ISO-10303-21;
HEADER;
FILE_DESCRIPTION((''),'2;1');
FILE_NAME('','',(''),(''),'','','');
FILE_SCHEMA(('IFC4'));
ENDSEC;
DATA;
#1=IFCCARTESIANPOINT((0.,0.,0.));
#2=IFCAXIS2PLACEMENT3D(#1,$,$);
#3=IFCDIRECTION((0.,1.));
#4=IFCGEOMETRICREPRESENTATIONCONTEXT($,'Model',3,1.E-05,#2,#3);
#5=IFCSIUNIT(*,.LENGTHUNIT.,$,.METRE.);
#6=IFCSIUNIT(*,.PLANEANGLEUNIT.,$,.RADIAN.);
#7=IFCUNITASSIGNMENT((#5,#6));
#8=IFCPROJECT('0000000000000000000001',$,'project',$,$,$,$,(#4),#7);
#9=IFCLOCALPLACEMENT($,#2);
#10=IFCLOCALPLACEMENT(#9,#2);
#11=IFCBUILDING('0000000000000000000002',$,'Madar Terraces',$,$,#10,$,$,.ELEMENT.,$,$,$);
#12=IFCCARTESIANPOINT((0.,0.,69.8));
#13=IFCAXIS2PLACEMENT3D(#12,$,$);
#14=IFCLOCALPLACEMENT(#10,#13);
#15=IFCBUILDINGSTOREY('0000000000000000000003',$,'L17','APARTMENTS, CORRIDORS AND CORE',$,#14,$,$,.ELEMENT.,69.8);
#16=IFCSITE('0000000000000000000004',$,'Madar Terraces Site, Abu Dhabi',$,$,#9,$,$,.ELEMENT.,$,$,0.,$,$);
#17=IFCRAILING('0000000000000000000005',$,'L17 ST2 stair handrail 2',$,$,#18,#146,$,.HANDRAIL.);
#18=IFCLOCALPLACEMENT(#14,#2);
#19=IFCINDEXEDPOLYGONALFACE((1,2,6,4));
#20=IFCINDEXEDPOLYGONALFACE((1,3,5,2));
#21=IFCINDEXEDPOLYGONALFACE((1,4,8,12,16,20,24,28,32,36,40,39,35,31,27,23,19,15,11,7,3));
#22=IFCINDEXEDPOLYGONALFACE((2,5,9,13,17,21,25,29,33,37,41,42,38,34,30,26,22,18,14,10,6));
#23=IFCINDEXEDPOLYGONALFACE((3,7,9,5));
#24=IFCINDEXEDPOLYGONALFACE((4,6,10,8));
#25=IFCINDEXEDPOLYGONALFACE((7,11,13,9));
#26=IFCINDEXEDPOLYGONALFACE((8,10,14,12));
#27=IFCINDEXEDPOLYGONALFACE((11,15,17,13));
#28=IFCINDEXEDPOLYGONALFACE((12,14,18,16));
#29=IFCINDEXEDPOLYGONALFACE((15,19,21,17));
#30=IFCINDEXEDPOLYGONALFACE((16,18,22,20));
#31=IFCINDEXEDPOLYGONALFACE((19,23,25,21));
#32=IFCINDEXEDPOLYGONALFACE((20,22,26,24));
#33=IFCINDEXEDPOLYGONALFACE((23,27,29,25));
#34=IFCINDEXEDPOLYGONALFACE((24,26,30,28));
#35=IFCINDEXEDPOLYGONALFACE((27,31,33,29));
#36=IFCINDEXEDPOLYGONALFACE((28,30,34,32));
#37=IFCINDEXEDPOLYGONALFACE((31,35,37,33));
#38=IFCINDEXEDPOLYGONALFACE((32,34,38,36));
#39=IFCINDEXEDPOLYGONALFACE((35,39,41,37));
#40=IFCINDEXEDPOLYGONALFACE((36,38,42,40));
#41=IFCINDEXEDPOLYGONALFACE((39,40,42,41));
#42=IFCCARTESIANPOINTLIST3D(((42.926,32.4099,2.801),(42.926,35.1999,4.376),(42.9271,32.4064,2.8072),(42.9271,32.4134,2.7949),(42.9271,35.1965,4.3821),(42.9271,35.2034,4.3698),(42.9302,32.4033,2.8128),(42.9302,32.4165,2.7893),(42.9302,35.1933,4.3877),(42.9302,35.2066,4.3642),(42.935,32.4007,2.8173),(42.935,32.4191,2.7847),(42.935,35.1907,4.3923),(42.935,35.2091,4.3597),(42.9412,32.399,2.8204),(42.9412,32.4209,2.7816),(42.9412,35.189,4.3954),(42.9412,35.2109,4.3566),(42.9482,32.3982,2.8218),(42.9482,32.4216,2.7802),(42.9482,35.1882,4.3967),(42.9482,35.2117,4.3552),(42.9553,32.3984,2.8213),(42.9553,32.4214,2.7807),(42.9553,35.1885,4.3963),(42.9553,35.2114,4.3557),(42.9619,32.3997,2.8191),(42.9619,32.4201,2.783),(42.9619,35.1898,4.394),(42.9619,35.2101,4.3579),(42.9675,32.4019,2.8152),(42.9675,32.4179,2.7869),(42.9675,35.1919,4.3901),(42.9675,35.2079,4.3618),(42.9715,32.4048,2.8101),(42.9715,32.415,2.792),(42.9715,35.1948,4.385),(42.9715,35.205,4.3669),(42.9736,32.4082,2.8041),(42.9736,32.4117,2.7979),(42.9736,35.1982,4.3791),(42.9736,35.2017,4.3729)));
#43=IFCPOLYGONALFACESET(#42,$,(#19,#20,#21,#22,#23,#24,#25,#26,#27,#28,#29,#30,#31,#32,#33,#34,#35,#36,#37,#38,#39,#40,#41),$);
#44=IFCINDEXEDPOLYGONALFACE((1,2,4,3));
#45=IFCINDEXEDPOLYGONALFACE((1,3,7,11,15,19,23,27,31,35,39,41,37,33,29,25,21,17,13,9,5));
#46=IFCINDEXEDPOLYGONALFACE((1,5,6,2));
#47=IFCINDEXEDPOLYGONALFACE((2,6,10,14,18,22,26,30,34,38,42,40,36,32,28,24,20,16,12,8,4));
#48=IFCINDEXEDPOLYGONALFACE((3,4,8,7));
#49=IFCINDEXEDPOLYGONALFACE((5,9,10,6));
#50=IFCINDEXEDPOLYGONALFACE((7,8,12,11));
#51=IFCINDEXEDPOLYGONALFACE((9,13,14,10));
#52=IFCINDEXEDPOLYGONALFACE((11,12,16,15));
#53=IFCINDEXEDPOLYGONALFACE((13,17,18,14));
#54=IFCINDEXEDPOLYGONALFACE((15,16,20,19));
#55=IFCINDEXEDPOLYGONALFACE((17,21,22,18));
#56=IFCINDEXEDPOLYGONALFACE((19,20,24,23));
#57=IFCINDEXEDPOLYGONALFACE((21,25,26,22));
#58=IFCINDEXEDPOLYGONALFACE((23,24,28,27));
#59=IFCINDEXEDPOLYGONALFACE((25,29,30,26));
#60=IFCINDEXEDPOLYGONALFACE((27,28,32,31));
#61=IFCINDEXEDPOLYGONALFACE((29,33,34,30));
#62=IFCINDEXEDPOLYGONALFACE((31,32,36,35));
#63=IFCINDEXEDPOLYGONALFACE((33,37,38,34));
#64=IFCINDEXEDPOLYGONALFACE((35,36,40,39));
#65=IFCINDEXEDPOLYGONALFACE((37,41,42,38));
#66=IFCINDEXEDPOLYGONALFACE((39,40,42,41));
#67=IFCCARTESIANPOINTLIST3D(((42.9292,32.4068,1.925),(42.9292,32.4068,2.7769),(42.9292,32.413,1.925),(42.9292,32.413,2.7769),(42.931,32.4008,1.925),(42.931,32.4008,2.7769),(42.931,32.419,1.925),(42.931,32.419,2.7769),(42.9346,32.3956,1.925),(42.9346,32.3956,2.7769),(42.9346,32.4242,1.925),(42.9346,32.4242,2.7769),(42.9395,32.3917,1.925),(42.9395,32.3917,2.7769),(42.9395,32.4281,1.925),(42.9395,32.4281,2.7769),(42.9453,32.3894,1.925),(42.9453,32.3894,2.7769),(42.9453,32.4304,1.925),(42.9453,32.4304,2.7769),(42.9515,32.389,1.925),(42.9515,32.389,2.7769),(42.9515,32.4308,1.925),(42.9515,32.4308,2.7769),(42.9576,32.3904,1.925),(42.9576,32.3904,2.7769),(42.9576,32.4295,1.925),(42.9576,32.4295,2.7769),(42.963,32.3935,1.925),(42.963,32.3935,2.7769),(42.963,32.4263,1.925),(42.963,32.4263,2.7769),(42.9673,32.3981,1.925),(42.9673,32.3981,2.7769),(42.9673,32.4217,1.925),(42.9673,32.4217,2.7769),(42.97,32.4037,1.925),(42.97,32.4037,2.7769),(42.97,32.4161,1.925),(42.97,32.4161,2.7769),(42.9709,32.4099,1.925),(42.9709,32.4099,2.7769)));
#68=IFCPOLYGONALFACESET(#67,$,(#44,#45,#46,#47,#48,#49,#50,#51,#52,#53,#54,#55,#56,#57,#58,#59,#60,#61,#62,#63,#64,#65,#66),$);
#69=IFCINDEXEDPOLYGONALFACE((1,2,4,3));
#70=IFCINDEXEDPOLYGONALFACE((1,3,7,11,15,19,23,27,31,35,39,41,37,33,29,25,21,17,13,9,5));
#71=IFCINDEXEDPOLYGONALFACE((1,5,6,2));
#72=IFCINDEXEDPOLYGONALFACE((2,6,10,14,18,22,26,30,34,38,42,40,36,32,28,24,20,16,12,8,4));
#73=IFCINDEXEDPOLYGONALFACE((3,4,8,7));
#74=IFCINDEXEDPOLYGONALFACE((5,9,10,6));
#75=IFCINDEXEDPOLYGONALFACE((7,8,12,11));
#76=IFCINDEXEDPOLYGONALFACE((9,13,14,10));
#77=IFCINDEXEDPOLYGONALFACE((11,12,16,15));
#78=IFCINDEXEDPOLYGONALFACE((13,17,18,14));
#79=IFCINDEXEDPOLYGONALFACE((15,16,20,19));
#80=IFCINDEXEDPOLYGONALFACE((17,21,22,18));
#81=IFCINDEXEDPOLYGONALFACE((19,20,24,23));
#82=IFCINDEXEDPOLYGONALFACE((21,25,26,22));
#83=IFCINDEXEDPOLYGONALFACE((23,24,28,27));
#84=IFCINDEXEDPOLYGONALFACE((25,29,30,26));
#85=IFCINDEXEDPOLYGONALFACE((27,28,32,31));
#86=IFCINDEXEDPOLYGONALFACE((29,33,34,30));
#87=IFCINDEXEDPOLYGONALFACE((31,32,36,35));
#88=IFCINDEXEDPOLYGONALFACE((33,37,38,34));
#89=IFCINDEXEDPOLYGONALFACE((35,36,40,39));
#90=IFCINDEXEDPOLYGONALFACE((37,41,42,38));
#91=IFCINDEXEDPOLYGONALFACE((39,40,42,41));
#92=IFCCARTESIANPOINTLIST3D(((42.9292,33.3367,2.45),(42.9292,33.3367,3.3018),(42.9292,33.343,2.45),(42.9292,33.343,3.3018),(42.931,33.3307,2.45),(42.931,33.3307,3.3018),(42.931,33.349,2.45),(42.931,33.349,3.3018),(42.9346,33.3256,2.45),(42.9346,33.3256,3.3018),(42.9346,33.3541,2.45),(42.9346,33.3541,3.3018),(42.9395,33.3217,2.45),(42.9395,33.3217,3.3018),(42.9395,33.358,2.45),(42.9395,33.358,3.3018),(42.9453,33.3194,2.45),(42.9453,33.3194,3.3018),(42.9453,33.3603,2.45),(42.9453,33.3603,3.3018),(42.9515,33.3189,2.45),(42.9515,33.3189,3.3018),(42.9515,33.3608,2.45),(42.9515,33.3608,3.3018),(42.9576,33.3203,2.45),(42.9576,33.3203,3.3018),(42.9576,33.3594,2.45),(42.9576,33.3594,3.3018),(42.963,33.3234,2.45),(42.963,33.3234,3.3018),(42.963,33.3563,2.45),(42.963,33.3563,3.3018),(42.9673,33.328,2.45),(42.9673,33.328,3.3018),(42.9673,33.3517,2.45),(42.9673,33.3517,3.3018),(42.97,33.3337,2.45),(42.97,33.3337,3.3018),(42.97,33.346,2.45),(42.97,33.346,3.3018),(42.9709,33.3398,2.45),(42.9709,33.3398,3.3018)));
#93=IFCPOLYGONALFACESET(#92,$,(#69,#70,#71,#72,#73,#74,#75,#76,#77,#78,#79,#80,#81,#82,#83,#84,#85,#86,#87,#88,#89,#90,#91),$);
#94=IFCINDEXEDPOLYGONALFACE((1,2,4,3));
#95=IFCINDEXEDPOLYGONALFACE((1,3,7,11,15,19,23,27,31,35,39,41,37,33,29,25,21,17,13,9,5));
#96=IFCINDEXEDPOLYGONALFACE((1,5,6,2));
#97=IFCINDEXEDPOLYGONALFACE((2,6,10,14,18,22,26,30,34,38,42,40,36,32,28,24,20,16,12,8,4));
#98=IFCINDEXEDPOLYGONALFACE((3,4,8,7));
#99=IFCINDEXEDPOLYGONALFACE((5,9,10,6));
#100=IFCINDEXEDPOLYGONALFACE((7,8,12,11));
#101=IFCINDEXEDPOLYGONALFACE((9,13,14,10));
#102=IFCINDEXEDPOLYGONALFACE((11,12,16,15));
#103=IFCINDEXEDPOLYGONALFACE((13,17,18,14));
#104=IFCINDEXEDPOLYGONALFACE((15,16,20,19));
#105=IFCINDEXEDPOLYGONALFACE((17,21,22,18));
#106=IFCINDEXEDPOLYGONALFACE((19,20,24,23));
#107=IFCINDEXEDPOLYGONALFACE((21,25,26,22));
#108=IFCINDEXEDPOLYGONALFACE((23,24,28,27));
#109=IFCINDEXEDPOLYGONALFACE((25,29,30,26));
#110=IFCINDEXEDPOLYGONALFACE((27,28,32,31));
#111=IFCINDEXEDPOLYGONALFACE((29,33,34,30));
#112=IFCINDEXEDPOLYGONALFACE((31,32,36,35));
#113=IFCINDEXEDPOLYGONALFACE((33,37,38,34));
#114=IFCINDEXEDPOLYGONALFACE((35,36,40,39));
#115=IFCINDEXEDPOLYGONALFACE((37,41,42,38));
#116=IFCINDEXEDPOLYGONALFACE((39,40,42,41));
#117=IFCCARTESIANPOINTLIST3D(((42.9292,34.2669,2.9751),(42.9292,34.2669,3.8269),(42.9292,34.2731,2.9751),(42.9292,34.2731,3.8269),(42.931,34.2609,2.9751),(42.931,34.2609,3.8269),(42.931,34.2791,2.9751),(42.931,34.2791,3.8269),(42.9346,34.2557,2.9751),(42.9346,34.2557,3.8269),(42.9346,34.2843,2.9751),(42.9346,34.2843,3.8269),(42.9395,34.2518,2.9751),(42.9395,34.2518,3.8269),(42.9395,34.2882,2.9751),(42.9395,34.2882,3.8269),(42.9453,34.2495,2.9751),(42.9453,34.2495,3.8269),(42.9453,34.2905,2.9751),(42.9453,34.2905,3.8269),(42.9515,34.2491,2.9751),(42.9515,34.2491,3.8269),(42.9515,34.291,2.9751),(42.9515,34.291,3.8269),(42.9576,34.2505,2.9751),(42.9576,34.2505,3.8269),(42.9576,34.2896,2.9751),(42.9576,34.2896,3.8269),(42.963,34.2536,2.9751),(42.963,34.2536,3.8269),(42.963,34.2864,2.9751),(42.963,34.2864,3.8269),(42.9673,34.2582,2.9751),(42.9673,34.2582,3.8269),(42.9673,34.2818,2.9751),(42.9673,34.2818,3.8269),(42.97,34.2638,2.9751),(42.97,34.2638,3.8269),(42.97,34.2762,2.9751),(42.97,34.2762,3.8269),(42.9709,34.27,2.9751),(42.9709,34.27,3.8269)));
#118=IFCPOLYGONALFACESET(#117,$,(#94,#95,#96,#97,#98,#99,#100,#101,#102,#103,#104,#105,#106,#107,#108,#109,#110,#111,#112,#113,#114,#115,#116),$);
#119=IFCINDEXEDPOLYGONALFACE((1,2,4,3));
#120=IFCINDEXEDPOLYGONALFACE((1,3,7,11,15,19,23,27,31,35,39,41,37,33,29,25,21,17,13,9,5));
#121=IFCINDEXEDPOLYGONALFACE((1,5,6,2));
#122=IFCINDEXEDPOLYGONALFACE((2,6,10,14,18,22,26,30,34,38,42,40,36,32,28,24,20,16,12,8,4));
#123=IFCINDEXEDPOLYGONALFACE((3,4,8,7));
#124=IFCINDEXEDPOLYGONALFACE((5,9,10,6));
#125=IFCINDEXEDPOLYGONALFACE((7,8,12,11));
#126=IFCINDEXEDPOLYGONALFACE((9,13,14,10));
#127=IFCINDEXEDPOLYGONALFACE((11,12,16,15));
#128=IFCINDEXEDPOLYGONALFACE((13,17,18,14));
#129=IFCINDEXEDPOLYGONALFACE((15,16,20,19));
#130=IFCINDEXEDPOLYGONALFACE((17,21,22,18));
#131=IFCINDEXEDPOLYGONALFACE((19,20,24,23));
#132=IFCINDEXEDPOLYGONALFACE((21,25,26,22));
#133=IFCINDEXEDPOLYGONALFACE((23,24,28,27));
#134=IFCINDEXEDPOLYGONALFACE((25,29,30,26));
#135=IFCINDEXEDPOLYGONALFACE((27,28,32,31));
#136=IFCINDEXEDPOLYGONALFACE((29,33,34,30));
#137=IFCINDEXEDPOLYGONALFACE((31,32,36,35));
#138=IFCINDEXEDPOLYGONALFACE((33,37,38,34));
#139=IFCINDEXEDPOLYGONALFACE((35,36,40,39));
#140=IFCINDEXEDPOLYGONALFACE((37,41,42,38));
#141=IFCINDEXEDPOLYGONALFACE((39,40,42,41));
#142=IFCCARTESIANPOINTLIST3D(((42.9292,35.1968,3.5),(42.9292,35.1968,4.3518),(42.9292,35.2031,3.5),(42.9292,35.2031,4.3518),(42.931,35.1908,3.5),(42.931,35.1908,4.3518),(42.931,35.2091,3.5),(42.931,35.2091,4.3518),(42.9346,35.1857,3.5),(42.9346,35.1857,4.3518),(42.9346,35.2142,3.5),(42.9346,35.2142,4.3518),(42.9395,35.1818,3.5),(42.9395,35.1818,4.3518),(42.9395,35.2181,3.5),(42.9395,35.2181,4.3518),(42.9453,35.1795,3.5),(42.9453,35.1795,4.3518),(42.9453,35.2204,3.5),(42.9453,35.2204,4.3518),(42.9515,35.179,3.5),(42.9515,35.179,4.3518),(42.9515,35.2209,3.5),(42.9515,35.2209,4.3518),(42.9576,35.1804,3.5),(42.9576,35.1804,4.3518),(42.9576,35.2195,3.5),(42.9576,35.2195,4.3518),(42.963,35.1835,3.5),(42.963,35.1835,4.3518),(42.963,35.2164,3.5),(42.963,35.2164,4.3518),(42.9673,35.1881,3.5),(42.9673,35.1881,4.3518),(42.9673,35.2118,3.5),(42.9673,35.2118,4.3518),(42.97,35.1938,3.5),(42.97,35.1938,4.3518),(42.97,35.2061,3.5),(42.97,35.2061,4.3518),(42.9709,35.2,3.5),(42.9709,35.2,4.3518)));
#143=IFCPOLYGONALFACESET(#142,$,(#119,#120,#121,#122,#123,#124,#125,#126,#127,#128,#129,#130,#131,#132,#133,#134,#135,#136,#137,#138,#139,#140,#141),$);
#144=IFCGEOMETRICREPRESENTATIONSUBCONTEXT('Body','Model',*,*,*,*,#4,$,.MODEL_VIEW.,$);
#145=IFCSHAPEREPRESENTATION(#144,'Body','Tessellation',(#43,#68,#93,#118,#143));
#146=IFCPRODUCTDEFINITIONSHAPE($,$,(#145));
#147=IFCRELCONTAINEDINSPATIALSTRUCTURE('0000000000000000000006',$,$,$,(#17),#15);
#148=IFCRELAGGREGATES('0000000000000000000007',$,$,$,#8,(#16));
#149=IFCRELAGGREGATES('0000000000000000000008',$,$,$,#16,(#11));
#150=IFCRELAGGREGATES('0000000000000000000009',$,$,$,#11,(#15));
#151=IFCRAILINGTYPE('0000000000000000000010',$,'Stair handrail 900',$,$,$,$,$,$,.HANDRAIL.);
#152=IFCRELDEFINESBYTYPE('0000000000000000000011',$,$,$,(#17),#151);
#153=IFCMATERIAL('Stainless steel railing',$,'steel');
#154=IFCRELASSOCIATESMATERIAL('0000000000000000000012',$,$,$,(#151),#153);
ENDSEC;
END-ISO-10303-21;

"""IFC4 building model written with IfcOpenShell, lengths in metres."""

from ifc_helpers import new_model, si_unit, direction, frame, origin, origin_2d, place, context, subcontext, project, spatial, circle, extrude, material, type_object, element, save


model = new_model("IFC4")

# Units and contexts
model_context = context("Model", 3, precision=1e-05, world=origin(), true_north=direction((0.0, 1.0)))
body_context = subcontext(model_context, "Body", "Model", "MODEL_VIEW")
ifc_project = project(units=[si_unit("LENGTHUNIT", "METRE"), si_unit("PLANEANGLEUNIT", "RADIAN")], contexts=[model_context])

# Site, building, storey
site_placement = place(None, origin())
site = spatial("IfcSite", under=ifc_project, at=site_placement, Name="Madar Terraces Site, Abu Dhabi", CompositionType="ELEMENT", RefElevation=0.0)
building_placement = place(site_placement, origin())
building = spatial("IfcBuilding", under=site, at=building_placement, Name="Madar Terraces", CompositionType="ELEMENT")
storey_placement = place(building_placement, frame((0.0, 0.0, 69.8)))
storey = spatial("IfcBuildingStorey", under=building, at=storey_placement, Name="L17", Description="APARTMENTS, CORRIDORS AND CORE", CompositionType="ELEMENT", Elevation=69.8)

# Railing
ifc_material_1 = material(Name="Stainless steel railing", Category="steel")
railing_type_1 = type_object("IfcRailingType", Name="Stair handrail 900", PredefinedType="HANDRAIL", material=ifc_material_1)
railing_1_placement = place(storey_placement, frame((42.95, 32.4099, 1.925)))
element("IfcRailing", 1, at=railing_1_placement, inside=storey, type_object=railing_type_1, Name="L17 ST2 stair handrail 2", PredefinedType="HANDRAIL", context=body_context, shape_type="SweptSolid", body=[
    extrude(circle(Radius=0.0239, at=origin_2d()), frame((0.0, 0.0, 0.876), z_axis=(0.0, 0.870834, 0.491578), x_axis=(-1.0, 0.0, 0.0)), (0.0, 0.0, 1.0), 3.2039),
    extrude(circle(Radius=0.021, at=origin_2d()), origin(), (0.0, 0.0, 1.0), 0.8518),
    extrude(circle(Radius=0.021, at=origin_2d()), frame((0.0, 0.9299, 0.5249)), (0.0, 0.0, 1.0), 0.8518),
    extrude(circle(Radius=0.021, at=origin_2d()), frame((0.0, 1.8601, 1.05)), (0.0, 0.0, 1.0), 0.8518),
    extrude(circle(Radius=0.021, at=origin_2d()), frame((0.0, 2.79, 1.575)), (0.0, 0.0, 1.0), 0.8518),
])

save(model, "model.ifc")
